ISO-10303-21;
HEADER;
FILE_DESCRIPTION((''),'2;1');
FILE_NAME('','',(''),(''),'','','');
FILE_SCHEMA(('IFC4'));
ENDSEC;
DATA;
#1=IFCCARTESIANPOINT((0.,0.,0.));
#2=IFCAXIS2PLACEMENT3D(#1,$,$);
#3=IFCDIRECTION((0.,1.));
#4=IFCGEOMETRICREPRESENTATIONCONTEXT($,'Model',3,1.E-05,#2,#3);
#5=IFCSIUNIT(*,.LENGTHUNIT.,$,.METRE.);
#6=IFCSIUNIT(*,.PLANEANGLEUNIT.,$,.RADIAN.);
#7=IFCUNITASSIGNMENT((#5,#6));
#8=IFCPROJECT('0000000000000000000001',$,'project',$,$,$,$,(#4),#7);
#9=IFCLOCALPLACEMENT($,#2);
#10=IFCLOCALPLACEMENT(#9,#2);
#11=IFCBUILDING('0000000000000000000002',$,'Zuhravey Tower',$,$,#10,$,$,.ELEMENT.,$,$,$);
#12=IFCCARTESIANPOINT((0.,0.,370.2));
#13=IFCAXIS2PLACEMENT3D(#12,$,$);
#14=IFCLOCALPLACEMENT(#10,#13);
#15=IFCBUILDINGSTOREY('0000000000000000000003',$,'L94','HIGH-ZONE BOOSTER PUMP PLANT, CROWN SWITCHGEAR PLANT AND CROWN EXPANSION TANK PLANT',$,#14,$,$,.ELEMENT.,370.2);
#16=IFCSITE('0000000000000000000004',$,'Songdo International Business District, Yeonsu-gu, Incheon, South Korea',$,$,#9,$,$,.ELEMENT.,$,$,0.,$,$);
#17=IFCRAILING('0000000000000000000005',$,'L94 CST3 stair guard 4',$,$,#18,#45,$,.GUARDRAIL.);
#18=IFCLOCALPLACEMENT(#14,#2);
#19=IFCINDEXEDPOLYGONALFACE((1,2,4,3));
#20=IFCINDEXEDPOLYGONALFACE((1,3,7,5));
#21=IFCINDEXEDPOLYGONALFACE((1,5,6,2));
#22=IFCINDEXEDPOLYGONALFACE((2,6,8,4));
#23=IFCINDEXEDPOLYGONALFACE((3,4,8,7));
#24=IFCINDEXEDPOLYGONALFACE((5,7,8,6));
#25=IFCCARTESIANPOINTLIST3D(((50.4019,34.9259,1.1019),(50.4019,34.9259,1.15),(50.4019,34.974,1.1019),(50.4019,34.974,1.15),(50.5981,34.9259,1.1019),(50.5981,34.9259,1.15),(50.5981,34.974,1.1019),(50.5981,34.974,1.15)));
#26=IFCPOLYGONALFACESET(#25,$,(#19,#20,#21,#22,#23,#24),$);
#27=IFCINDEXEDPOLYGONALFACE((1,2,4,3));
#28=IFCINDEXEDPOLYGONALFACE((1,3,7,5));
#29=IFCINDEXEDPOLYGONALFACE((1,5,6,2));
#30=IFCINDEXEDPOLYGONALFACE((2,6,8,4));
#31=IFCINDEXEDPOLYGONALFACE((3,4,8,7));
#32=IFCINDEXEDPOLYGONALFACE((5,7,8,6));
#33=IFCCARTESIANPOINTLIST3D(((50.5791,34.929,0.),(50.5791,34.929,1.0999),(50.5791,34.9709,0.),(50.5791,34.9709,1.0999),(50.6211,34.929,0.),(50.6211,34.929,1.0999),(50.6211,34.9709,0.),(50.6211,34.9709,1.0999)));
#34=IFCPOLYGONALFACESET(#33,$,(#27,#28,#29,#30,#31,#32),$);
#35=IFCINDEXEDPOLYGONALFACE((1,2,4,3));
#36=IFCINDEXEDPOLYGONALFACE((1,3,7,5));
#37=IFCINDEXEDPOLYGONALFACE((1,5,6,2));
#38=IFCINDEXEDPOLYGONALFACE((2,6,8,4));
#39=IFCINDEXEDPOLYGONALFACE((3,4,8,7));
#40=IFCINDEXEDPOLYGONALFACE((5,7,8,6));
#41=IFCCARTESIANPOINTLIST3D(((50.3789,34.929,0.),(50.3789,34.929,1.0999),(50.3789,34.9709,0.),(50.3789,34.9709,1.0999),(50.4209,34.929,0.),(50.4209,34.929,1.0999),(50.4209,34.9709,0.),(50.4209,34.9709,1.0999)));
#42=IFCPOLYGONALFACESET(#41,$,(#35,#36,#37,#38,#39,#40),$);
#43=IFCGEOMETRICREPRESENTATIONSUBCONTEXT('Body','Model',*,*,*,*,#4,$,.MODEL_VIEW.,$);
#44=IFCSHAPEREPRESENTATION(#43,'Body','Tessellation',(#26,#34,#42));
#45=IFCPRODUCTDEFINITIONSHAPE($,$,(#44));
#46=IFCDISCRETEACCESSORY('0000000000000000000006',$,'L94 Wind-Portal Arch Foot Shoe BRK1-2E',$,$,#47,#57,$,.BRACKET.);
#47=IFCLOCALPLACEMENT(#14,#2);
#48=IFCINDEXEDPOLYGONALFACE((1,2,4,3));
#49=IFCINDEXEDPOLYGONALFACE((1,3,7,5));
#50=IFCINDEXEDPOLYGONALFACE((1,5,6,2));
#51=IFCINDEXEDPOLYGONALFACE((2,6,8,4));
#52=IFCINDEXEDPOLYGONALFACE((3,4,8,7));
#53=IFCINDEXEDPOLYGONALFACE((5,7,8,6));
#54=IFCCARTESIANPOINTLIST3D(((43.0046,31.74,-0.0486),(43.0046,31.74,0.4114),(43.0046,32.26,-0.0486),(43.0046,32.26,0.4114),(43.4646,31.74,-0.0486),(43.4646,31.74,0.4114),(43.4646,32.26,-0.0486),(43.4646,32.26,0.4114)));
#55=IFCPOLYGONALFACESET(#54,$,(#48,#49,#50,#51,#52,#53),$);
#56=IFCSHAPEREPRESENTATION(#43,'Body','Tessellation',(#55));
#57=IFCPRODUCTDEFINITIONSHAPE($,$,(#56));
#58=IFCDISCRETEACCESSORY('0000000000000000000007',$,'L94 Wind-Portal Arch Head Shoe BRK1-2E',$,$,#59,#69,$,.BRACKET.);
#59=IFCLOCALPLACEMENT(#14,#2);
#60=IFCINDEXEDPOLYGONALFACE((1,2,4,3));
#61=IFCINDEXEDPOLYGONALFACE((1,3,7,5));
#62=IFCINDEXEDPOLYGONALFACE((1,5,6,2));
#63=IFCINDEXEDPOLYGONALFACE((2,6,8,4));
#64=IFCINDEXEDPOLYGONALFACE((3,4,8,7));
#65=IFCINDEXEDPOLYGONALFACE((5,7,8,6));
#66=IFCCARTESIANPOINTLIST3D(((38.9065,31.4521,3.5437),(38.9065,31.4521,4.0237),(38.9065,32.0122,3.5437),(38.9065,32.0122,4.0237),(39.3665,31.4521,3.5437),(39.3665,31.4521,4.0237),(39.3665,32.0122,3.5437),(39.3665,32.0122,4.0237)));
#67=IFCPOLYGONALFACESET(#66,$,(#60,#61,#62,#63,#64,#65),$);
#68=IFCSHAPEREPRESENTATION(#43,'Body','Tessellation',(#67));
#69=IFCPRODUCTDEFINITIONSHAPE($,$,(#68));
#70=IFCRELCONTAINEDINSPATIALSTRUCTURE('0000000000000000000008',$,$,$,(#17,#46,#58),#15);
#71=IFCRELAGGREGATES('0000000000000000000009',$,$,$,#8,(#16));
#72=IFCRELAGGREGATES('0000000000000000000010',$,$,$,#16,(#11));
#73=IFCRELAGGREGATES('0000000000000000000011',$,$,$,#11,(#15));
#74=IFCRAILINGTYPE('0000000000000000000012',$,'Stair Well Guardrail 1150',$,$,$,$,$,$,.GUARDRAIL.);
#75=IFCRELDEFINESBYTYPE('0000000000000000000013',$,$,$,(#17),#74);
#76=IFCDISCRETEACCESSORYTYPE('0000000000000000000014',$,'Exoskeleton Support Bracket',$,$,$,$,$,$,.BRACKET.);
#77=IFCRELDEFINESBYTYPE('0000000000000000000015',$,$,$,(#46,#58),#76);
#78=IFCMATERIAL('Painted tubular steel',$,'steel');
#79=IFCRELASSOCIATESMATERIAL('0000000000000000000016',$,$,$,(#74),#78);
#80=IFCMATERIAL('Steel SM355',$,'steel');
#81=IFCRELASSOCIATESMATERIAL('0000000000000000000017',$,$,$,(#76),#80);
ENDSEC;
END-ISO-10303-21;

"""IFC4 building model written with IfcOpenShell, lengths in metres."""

from ifc_helpers import new_model, si_unit, direction, frame, origin, origin_2d, place, context, subcontext, project, spatial, rectangle, extrude, material, type_object, element, save


model = new_model("IFC4")

# Units and contexts
model_context = context("Model", 3, precision=1e-05, world=origin(), true_north=direction((0.0, 1.0)))
body_context = subcontext(model_context, "Body", "Model", "MODEL_VIEW")
ifc_project = project(units=[si_unit("LENGTHUNIT", "METRE"), si_unit("PLANEANGLEUNIT", "RADIAN")], contexts=[model_context])

# Site, building, storey
site_placement = place(None, origin())
site = spatial("IfcSite", under=ifc_project, at=site_placement, Name="Songdo International Business District, Yeonsu-gu, Incheon, South Korea", CompositionType="ELEMENT", RefElevation=0.0)
building_placement = place(site_placement, origin())
building = spatial("IfcBuilding", under=site, at=building_placement, Name="Zuhravey Tower", CompositionType="ELEMENT")
storey_placement = place(building_placement, frame((0.0, 0.0, 370.2)))
storey = spatial("IfcBuildingStorey", under=building, at=storey_placement, Name="L94", Description="HIGH-ZONE BOOSTER PUMP PLANT, CROWN SWITCHGEAR PLANT AND CROWN EXPANSION TANK PLANT", CompositionType="ELEMENT", Elevation=370.2)

# Shared definitions
ifc_material_1 = material(Name="Steel SM355", Category="steel")

# Railing
ifc_material_2 = material(Name="Painted tubular steel", Category="steel")
railing_type_1 = type_object("IfcRailingType", Name="Stair Well Guardrail 1150", PredefinedType="GUARDRAIL", material=ifc_material_2)
railing_1_placement = place(storey_placement, frame((50.6001, 34.95, 0.0)))
element("IfcRailing", 1, at=railing_1_placement, inside=storey, type_object=railing_type_1, Name="L94 CST3 stair guard 4", PredefinedType="GUARDRAIL", context=body_context, shape_type="SweptSolid", body=[
    extrude(rectangle(XDim=0.0481, YDim=0.0481, at=origin_2d()), frame((-0.002, 0.0, 1.126), z_axis=(-1.0, 0.0, 0.0), x_axis=(0.0, -1.0, 0.0)), (0.0, 0.0, 1.0), 0.1963),
    extrude(rectangle(XDim=0.042, YDim=0.042, at=origin_2d()), origin(), (0.0, 0.0, 1.0), 1.0999),
    extrude(rectangle(XDim=0.042, YDim=0.042, at=origin_2d()), frame((-0.2002, 0.0, 0.0)), (0.0, 0.0, 1.0), 1.0999),
])

# Discrete accessories
discrete_accessory_type = type_object("IfcDiscreteAccessoryType", Name="Exoskeleton Support Bracket", PredefinedType="BRACKET", material=ifc_material_1)
discrete_accessory_1_placement = place(storey_placement, frame((43.2346, 32.0, -0.0486), z_axis=(0.0, 0.0, 1.0), x_axis=(1.0, 0.0, 0.0)))
element("IfcDiscreteAccessory", 2, at=discrete_accessory_1_placement, inside=storey, type_object=discrete_accessory_type, Name="L94 Wind-Portal Arch Foot Shoe BRK1-2E", PredefinedType="BRACKET", context=body_context, shape_type="SweptSolid", body=[
    extrude(rectangle(XDim=0.46, YDim=0.52, at=origin_2d()), origin(), (0.0, 0.0, 1.0), 0.46),
])
discrete_accessory_2_placement = place(storey_placement, frame((39.1365, 31.7322, 3.5437), z_axis=(0.0, 0.0, 1.0), x_axis=(1.0, 0.0, 0.0)))
element("IfcDiscreteAccessory", 3, at=discrete_accessory_2_placement, inside=storey, type_object=discrete_accessory_type, Name="L94 Wind-Portal Arch Head Shoe BRK1-2E", PredefinedType="BRACKET", context=body_context, shape_type="SweptSolid", body=[
    extrude(rectangle(XDim=0.46, YDim=0.5601, at=origin_2d()), origin(), (0.0, 0.0, 1.0), 0.48),
])

save(model, "model.ifc")
